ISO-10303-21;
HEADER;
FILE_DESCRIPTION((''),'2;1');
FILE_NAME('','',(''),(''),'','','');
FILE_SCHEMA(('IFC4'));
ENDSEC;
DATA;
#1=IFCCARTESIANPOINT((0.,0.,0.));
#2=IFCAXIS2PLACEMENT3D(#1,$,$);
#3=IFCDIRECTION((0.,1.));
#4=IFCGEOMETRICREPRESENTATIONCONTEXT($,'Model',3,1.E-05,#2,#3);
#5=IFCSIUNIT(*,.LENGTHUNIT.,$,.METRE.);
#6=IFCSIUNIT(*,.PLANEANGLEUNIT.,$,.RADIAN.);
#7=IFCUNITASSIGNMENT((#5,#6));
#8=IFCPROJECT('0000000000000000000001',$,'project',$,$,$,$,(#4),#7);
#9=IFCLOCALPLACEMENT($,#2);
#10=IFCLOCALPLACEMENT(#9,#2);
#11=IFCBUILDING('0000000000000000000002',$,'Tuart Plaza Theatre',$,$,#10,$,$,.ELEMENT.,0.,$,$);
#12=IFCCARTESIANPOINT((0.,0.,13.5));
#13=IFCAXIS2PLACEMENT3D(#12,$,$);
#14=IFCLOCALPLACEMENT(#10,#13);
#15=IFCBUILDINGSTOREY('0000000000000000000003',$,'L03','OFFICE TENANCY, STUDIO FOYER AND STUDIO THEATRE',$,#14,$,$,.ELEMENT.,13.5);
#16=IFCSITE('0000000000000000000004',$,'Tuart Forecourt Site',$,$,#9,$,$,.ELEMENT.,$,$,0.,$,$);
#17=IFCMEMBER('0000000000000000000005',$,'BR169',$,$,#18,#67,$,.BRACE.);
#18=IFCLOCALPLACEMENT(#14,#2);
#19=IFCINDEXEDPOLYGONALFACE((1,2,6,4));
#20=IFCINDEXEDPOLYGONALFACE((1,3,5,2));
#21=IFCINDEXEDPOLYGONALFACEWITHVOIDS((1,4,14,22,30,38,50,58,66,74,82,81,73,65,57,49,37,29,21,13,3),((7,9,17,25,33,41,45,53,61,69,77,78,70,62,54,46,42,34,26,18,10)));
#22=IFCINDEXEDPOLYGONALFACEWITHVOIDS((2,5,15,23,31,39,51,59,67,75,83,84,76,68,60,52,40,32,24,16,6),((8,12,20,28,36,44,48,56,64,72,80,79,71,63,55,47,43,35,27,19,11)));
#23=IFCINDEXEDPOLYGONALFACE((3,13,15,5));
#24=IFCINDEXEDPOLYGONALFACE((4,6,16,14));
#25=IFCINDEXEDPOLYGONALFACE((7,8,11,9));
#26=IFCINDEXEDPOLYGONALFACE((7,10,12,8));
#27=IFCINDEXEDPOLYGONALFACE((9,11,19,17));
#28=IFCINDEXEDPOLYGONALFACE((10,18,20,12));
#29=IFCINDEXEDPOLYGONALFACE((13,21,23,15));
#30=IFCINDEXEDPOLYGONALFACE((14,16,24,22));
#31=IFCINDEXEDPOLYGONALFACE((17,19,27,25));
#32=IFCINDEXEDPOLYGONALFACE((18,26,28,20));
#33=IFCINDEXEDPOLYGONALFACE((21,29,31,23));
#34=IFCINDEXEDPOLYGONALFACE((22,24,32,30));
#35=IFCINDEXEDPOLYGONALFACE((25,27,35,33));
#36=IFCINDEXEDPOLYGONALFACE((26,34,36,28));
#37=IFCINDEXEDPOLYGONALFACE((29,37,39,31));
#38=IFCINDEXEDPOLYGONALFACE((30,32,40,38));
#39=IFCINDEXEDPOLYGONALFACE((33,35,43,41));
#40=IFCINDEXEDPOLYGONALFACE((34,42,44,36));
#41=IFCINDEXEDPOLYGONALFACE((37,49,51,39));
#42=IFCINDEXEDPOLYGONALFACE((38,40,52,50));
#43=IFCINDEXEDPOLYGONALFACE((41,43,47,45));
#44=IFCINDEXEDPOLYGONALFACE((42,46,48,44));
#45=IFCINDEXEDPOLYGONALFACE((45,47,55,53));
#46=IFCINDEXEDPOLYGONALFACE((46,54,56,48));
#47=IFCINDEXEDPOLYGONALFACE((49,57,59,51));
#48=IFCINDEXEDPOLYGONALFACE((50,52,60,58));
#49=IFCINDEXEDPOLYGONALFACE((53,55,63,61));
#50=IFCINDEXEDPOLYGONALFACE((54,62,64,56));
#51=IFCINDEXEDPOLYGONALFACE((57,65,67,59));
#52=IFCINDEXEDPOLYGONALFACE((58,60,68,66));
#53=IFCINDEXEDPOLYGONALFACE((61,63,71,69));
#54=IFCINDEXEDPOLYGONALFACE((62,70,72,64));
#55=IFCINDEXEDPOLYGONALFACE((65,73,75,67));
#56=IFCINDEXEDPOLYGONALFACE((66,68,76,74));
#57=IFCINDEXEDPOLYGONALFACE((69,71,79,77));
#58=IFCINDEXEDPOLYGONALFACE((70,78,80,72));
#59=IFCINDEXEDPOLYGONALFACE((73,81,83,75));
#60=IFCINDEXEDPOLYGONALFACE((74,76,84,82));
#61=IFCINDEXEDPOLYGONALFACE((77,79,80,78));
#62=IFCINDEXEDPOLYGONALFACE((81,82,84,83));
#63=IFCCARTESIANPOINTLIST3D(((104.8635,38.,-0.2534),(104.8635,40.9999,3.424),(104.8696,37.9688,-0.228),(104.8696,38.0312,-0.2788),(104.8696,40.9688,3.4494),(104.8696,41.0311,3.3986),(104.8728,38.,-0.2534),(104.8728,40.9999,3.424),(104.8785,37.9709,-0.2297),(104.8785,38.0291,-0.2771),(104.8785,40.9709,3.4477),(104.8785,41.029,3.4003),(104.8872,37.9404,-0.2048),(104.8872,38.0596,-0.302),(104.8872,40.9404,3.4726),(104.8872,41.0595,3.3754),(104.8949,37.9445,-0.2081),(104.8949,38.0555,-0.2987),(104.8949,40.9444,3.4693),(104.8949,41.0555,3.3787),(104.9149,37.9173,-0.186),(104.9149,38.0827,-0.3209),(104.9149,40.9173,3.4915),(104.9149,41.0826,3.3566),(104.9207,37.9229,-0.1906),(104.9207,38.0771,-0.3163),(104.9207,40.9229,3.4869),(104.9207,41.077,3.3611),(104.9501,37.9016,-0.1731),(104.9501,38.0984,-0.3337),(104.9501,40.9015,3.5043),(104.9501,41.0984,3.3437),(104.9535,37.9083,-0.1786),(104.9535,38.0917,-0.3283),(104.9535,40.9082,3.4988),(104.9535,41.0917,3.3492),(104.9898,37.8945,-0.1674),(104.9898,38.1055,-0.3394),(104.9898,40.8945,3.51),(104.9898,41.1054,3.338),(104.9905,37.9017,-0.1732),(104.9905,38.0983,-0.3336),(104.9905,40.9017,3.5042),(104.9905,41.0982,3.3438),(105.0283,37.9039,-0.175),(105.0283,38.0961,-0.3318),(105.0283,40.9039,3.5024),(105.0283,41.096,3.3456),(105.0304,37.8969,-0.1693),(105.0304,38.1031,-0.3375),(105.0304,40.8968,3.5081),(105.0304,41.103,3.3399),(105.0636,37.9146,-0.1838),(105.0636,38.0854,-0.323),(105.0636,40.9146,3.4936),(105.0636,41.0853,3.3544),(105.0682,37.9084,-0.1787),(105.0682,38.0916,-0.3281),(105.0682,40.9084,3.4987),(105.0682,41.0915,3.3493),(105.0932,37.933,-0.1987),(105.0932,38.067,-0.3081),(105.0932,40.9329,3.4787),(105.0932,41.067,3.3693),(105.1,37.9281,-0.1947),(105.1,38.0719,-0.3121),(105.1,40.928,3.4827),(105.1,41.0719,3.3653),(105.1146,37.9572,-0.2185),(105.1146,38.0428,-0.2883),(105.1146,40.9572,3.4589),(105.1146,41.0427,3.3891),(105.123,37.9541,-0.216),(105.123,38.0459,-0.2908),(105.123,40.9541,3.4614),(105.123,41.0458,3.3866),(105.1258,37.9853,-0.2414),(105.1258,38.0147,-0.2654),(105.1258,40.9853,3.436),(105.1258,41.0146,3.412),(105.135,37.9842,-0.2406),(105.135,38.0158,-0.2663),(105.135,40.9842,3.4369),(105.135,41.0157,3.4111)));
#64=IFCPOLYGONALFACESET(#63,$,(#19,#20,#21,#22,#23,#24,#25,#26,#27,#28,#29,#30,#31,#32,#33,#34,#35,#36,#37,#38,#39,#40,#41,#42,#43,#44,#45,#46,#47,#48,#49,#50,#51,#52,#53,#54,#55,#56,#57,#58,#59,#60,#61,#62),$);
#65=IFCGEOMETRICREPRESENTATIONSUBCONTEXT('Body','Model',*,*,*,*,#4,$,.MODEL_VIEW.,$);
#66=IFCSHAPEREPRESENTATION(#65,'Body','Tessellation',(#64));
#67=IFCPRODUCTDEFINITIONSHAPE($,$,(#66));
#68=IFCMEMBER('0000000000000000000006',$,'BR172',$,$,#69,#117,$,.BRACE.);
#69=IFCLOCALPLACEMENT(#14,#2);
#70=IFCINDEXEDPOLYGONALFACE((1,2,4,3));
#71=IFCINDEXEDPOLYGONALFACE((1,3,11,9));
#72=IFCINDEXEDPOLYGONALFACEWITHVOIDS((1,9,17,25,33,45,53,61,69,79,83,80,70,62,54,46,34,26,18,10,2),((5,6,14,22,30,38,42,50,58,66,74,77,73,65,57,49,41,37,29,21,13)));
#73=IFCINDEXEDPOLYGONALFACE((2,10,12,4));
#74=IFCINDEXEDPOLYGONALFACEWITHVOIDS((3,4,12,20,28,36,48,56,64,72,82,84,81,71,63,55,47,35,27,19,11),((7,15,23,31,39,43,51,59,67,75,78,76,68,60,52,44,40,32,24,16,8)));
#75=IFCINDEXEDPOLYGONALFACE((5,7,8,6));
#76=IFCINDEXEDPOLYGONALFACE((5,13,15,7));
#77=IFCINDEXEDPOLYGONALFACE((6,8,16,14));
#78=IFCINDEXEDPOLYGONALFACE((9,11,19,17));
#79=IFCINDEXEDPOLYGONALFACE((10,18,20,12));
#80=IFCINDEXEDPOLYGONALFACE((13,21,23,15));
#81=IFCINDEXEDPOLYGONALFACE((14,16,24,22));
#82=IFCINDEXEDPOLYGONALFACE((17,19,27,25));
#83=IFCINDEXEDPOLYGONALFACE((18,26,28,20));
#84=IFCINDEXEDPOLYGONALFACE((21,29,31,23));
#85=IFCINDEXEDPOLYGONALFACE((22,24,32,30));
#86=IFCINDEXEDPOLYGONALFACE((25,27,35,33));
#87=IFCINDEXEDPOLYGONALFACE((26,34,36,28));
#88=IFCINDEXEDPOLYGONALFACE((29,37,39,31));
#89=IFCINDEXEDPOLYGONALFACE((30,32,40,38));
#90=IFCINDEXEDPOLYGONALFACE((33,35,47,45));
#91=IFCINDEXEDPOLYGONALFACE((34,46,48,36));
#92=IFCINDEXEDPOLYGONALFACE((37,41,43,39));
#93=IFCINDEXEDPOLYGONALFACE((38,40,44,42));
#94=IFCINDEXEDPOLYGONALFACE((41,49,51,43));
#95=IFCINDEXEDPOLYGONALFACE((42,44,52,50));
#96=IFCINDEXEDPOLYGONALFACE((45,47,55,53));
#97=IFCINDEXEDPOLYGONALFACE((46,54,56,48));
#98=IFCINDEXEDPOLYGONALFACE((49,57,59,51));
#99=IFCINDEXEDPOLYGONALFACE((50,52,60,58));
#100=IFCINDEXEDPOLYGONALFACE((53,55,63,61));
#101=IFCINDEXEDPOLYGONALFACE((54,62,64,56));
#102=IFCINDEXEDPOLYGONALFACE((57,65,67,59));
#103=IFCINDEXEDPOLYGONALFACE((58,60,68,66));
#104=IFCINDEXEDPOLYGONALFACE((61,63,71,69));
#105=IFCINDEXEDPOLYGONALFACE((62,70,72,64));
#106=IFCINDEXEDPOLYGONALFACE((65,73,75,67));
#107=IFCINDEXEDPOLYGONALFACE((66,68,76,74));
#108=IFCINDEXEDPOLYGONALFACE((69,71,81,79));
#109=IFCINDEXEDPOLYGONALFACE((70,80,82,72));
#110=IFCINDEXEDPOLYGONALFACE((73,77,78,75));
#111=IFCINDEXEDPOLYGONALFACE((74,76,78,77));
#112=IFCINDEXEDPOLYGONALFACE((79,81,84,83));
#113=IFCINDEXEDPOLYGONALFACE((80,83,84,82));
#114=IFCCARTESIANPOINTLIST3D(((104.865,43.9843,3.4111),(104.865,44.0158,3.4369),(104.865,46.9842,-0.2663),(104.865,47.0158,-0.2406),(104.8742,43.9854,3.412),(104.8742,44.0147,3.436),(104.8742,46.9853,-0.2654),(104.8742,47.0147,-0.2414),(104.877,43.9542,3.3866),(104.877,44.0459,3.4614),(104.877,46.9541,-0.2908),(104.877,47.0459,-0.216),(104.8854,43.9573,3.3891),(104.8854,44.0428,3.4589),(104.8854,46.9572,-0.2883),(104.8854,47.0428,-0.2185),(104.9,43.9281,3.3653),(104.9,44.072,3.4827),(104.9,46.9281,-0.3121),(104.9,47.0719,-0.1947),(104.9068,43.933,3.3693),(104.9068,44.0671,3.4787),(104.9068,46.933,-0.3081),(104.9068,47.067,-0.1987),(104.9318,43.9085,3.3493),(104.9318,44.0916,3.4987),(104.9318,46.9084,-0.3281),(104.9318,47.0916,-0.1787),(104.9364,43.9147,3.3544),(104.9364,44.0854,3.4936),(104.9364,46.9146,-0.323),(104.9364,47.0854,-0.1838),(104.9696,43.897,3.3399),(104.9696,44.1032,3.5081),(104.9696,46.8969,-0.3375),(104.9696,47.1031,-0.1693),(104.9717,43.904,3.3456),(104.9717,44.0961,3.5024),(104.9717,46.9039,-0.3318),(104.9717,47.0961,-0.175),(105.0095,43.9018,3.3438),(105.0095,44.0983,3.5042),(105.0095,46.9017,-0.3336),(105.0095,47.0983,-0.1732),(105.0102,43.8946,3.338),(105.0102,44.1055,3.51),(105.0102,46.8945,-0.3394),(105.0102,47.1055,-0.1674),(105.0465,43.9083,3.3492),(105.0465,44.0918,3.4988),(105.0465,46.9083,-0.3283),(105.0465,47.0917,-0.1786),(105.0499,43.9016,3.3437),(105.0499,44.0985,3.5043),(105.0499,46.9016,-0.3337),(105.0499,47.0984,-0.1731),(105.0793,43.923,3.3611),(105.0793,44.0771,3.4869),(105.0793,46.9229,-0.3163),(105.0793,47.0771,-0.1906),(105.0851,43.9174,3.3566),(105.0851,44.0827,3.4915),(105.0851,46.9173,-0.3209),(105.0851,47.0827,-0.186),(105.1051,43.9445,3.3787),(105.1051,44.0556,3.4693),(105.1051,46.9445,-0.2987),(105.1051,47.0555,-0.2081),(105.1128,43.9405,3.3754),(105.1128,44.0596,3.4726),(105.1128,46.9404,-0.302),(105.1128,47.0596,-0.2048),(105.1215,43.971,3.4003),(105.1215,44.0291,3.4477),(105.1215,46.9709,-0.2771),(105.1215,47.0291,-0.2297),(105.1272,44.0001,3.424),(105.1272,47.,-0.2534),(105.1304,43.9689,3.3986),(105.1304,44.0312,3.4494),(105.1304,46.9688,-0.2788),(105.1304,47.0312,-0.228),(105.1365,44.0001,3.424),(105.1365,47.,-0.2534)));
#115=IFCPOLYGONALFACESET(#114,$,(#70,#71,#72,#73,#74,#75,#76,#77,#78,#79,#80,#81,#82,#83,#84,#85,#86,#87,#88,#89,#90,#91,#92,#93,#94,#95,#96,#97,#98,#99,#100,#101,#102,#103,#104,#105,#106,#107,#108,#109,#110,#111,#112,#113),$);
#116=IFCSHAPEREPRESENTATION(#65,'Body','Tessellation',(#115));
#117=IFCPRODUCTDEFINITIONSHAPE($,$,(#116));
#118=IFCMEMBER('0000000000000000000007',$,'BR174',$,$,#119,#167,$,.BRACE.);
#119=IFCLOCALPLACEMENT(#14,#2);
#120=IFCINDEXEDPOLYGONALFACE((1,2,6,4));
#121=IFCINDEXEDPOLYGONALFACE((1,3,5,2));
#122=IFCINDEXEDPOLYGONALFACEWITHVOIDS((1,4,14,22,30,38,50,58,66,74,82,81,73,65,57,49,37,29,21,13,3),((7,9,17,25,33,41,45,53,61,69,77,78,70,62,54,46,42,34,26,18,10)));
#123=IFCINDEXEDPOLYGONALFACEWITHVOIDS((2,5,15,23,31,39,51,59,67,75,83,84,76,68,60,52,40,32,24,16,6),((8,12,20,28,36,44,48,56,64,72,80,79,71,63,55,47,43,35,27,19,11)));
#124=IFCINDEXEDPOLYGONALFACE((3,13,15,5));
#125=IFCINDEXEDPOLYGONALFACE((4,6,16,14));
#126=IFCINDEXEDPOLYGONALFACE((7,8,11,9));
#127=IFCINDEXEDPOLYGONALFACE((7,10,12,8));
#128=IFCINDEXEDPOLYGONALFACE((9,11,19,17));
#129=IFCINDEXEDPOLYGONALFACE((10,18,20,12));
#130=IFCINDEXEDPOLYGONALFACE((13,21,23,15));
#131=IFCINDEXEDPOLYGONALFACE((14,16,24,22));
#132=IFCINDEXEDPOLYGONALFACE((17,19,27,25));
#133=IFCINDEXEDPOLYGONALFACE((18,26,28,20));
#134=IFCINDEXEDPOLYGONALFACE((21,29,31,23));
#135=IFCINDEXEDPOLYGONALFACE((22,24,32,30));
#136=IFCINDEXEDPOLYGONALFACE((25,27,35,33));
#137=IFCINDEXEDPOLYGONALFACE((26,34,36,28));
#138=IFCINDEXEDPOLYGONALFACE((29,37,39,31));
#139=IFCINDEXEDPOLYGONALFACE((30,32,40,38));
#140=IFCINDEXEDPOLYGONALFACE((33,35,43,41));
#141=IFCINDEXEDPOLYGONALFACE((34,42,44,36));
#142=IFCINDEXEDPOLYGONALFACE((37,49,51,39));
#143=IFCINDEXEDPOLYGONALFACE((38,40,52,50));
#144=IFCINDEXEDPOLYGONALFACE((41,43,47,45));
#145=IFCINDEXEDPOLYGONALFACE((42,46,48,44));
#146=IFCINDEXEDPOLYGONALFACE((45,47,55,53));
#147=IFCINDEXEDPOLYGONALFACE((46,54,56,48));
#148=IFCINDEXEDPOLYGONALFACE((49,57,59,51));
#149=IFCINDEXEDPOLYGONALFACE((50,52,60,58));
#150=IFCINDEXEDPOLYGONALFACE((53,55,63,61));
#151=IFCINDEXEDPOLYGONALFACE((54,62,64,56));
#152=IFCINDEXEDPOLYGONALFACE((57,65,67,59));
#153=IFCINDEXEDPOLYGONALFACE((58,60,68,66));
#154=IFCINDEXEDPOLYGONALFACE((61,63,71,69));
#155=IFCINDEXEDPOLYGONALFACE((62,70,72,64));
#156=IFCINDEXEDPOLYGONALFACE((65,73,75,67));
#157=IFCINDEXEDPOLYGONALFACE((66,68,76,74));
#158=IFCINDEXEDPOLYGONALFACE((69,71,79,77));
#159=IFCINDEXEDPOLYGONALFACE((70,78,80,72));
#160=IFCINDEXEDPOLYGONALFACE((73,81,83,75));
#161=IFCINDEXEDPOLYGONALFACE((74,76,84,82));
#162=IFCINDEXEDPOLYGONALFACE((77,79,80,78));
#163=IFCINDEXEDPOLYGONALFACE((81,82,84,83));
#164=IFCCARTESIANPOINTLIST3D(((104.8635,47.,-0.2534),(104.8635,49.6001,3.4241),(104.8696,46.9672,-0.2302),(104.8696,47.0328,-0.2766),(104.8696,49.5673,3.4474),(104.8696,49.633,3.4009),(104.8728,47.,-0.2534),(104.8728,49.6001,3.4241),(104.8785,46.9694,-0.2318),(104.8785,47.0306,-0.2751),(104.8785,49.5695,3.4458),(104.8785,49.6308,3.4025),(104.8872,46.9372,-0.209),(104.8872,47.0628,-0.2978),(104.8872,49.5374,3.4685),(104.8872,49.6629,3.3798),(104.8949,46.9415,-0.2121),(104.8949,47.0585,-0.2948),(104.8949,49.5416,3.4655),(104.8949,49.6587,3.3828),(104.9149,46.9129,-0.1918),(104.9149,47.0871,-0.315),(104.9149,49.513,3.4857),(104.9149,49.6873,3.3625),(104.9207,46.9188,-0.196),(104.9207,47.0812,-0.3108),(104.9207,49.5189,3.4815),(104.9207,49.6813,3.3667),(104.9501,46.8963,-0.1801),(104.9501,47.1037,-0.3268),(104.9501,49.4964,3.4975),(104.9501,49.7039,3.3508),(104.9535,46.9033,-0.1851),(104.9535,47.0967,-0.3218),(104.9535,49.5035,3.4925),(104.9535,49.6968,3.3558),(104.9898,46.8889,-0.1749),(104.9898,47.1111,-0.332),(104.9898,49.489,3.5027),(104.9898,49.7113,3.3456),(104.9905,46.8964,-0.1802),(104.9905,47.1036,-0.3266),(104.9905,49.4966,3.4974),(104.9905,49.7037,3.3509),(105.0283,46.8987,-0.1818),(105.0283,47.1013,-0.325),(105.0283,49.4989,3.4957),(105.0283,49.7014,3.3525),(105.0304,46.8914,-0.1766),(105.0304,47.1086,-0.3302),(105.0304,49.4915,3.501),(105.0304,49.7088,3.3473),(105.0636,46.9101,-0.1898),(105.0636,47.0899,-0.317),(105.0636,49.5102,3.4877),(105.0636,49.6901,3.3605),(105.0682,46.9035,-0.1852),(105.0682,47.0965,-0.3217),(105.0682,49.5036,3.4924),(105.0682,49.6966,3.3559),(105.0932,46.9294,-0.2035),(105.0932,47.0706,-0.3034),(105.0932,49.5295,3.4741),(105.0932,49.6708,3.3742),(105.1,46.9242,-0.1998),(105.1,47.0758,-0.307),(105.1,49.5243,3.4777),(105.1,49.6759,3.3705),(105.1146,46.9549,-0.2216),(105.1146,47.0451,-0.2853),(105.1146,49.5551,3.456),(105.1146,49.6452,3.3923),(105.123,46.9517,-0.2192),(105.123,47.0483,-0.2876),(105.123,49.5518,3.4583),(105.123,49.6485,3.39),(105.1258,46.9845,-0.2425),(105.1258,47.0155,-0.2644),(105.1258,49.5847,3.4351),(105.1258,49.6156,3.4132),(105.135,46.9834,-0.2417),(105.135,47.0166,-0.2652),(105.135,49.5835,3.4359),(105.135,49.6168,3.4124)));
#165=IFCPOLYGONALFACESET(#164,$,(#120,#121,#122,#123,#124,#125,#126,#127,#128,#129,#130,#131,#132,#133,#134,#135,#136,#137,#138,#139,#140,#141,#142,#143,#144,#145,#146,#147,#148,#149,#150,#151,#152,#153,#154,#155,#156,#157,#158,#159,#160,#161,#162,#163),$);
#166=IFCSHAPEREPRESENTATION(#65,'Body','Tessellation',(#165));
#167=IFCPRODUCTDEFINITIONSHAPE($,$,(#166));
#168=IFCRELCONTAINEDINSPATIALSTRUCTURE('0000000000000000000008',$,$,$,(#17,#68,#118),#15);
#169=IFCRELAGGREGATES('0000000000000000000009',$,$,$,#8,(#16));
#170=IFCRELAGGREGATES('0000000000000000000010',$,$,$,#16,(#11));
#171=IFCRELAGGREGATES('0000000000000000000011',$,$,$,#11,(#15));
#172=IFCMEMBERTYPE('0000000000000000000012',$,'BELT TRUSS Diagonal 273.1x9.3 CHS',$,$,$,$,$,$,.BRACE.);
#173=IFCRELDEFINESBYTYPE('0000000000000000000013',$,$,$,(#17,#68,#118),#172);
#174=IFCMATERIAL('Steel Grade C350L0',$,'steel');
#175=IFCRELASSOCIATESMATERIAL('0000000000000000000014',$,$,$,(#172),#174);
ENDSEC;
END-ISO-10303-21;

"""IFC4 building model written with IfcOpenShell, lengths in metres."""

from ifc_helpers import new_model, si_unit, direction, frame, origin, origin_2d, place, context, subcontext, project, spatial, hollow_circle, extrude, material, material_profile, profile_set, type_object, element, save


model = new_model("IFC4")

# Units and contexts
model_context = context("Model", 3, precision=1e-05, world=origin(), true_north=direction((0.0, 1.0)))
body_context = subcontext(model_context, "Body", "Model", "MODEL_VIEW")
ifc_project = project(units=[si_unit("LENGTHUNIT", "METRE"), si_unit("PLANEANGLEUNIT", "RADIAN")], contexts=[model_context])

# Site, building, storey
site_placement = place(None, origin())
site = spatial("IfcSite", under=ifc_project, at=site_placement, Name="Tuart Forecourt Site", CompositionType="ELEMENT", RefElevation=0.0)
building_placement = place(site_placement, origin())
building = spatial("IfcBuilding", under=site, at=building_placement, Name="Tuart Plaza Theatre", CompositionType="ELEMENT", ElevationOfRefHeight=0.0)
storey_placement = place(building_placement, frame((0.0, 0.0, 13.5)))
storey = spatial("IfcBuildingStorey", under=building, at=storey_placement, Name="L03", Description="OFFICE TENANCY, STUDIO FOYER AND STUDIO THEATRE", CompositionType="ELEMENT", Elevation=13.5)

# Members
ifc_material_1 = material(Name="Steel Grade C350L0", Category="steel")
ifc_material_profile_1 = material_profile(ifc_material_1, hollow_circle(Radius=0.1365, WallThickness=0.0093, at=origin_2d()), Name="273.1x9.3 CHS")
ifc_profile_set_1 = profile_set([ifc_material_profile_1], Name="Steel Grade C350L0")
member_type_1 = type_object("IfcMemberType", Name="BELT TRUSS Diagonal 273.1x9.3 CHS", PredefinedType="BRACE", material=ifc_profile_set_1)
for number, where, z_axis, x_axis, name in (
    (1, (105.0, 38.0, -0.2534), (0.0, 0.632119, 0.774871), (-1.0, 0.0, 0.0), "BR169"),
    (2, (105.0, 47.0, -0.2534), (0.0, -0.632119, 0.774871), (1.0, 0.0, 0.0), "BR172"),
):
    element("IfcMember", number, at=place(storey_placement, frame(where, z_axis=z_axis, x_axis=x_axis)), inside=storey, type_object=member_type_1, Name=name, PredefinedType="BRACE", context=body_context, shape_type="SweptSolid", body=[
        extrude(hollow_circle(Radius=0.1365, WallThickness=0.0093, at=origin_2d()), origin(), (0.0, 0.0, 1.0), 4.7458),
    ])
member_1_placement = place(storey_placement, frame((105.0, 47.0, -0.2534), z_axis=(0.0, 0.577309, 0.816526), x_axis=(-1.0, 0.0, 0.0)))
element("IfcMember", 3, at=member_1_placement, inside=storey, type_object=member_type_1, Name="BR174", PredefinedType="BRACE", context=body_context, shape_type="SweptSolid", body=[
    extrude(hollow_circle(Radius=0.1365, WallThickness=0.0093, at=origin_2d()), origin(), (0.0, 0.0, 1.0), 4.5039),
])

save(model, "model.ifc")
